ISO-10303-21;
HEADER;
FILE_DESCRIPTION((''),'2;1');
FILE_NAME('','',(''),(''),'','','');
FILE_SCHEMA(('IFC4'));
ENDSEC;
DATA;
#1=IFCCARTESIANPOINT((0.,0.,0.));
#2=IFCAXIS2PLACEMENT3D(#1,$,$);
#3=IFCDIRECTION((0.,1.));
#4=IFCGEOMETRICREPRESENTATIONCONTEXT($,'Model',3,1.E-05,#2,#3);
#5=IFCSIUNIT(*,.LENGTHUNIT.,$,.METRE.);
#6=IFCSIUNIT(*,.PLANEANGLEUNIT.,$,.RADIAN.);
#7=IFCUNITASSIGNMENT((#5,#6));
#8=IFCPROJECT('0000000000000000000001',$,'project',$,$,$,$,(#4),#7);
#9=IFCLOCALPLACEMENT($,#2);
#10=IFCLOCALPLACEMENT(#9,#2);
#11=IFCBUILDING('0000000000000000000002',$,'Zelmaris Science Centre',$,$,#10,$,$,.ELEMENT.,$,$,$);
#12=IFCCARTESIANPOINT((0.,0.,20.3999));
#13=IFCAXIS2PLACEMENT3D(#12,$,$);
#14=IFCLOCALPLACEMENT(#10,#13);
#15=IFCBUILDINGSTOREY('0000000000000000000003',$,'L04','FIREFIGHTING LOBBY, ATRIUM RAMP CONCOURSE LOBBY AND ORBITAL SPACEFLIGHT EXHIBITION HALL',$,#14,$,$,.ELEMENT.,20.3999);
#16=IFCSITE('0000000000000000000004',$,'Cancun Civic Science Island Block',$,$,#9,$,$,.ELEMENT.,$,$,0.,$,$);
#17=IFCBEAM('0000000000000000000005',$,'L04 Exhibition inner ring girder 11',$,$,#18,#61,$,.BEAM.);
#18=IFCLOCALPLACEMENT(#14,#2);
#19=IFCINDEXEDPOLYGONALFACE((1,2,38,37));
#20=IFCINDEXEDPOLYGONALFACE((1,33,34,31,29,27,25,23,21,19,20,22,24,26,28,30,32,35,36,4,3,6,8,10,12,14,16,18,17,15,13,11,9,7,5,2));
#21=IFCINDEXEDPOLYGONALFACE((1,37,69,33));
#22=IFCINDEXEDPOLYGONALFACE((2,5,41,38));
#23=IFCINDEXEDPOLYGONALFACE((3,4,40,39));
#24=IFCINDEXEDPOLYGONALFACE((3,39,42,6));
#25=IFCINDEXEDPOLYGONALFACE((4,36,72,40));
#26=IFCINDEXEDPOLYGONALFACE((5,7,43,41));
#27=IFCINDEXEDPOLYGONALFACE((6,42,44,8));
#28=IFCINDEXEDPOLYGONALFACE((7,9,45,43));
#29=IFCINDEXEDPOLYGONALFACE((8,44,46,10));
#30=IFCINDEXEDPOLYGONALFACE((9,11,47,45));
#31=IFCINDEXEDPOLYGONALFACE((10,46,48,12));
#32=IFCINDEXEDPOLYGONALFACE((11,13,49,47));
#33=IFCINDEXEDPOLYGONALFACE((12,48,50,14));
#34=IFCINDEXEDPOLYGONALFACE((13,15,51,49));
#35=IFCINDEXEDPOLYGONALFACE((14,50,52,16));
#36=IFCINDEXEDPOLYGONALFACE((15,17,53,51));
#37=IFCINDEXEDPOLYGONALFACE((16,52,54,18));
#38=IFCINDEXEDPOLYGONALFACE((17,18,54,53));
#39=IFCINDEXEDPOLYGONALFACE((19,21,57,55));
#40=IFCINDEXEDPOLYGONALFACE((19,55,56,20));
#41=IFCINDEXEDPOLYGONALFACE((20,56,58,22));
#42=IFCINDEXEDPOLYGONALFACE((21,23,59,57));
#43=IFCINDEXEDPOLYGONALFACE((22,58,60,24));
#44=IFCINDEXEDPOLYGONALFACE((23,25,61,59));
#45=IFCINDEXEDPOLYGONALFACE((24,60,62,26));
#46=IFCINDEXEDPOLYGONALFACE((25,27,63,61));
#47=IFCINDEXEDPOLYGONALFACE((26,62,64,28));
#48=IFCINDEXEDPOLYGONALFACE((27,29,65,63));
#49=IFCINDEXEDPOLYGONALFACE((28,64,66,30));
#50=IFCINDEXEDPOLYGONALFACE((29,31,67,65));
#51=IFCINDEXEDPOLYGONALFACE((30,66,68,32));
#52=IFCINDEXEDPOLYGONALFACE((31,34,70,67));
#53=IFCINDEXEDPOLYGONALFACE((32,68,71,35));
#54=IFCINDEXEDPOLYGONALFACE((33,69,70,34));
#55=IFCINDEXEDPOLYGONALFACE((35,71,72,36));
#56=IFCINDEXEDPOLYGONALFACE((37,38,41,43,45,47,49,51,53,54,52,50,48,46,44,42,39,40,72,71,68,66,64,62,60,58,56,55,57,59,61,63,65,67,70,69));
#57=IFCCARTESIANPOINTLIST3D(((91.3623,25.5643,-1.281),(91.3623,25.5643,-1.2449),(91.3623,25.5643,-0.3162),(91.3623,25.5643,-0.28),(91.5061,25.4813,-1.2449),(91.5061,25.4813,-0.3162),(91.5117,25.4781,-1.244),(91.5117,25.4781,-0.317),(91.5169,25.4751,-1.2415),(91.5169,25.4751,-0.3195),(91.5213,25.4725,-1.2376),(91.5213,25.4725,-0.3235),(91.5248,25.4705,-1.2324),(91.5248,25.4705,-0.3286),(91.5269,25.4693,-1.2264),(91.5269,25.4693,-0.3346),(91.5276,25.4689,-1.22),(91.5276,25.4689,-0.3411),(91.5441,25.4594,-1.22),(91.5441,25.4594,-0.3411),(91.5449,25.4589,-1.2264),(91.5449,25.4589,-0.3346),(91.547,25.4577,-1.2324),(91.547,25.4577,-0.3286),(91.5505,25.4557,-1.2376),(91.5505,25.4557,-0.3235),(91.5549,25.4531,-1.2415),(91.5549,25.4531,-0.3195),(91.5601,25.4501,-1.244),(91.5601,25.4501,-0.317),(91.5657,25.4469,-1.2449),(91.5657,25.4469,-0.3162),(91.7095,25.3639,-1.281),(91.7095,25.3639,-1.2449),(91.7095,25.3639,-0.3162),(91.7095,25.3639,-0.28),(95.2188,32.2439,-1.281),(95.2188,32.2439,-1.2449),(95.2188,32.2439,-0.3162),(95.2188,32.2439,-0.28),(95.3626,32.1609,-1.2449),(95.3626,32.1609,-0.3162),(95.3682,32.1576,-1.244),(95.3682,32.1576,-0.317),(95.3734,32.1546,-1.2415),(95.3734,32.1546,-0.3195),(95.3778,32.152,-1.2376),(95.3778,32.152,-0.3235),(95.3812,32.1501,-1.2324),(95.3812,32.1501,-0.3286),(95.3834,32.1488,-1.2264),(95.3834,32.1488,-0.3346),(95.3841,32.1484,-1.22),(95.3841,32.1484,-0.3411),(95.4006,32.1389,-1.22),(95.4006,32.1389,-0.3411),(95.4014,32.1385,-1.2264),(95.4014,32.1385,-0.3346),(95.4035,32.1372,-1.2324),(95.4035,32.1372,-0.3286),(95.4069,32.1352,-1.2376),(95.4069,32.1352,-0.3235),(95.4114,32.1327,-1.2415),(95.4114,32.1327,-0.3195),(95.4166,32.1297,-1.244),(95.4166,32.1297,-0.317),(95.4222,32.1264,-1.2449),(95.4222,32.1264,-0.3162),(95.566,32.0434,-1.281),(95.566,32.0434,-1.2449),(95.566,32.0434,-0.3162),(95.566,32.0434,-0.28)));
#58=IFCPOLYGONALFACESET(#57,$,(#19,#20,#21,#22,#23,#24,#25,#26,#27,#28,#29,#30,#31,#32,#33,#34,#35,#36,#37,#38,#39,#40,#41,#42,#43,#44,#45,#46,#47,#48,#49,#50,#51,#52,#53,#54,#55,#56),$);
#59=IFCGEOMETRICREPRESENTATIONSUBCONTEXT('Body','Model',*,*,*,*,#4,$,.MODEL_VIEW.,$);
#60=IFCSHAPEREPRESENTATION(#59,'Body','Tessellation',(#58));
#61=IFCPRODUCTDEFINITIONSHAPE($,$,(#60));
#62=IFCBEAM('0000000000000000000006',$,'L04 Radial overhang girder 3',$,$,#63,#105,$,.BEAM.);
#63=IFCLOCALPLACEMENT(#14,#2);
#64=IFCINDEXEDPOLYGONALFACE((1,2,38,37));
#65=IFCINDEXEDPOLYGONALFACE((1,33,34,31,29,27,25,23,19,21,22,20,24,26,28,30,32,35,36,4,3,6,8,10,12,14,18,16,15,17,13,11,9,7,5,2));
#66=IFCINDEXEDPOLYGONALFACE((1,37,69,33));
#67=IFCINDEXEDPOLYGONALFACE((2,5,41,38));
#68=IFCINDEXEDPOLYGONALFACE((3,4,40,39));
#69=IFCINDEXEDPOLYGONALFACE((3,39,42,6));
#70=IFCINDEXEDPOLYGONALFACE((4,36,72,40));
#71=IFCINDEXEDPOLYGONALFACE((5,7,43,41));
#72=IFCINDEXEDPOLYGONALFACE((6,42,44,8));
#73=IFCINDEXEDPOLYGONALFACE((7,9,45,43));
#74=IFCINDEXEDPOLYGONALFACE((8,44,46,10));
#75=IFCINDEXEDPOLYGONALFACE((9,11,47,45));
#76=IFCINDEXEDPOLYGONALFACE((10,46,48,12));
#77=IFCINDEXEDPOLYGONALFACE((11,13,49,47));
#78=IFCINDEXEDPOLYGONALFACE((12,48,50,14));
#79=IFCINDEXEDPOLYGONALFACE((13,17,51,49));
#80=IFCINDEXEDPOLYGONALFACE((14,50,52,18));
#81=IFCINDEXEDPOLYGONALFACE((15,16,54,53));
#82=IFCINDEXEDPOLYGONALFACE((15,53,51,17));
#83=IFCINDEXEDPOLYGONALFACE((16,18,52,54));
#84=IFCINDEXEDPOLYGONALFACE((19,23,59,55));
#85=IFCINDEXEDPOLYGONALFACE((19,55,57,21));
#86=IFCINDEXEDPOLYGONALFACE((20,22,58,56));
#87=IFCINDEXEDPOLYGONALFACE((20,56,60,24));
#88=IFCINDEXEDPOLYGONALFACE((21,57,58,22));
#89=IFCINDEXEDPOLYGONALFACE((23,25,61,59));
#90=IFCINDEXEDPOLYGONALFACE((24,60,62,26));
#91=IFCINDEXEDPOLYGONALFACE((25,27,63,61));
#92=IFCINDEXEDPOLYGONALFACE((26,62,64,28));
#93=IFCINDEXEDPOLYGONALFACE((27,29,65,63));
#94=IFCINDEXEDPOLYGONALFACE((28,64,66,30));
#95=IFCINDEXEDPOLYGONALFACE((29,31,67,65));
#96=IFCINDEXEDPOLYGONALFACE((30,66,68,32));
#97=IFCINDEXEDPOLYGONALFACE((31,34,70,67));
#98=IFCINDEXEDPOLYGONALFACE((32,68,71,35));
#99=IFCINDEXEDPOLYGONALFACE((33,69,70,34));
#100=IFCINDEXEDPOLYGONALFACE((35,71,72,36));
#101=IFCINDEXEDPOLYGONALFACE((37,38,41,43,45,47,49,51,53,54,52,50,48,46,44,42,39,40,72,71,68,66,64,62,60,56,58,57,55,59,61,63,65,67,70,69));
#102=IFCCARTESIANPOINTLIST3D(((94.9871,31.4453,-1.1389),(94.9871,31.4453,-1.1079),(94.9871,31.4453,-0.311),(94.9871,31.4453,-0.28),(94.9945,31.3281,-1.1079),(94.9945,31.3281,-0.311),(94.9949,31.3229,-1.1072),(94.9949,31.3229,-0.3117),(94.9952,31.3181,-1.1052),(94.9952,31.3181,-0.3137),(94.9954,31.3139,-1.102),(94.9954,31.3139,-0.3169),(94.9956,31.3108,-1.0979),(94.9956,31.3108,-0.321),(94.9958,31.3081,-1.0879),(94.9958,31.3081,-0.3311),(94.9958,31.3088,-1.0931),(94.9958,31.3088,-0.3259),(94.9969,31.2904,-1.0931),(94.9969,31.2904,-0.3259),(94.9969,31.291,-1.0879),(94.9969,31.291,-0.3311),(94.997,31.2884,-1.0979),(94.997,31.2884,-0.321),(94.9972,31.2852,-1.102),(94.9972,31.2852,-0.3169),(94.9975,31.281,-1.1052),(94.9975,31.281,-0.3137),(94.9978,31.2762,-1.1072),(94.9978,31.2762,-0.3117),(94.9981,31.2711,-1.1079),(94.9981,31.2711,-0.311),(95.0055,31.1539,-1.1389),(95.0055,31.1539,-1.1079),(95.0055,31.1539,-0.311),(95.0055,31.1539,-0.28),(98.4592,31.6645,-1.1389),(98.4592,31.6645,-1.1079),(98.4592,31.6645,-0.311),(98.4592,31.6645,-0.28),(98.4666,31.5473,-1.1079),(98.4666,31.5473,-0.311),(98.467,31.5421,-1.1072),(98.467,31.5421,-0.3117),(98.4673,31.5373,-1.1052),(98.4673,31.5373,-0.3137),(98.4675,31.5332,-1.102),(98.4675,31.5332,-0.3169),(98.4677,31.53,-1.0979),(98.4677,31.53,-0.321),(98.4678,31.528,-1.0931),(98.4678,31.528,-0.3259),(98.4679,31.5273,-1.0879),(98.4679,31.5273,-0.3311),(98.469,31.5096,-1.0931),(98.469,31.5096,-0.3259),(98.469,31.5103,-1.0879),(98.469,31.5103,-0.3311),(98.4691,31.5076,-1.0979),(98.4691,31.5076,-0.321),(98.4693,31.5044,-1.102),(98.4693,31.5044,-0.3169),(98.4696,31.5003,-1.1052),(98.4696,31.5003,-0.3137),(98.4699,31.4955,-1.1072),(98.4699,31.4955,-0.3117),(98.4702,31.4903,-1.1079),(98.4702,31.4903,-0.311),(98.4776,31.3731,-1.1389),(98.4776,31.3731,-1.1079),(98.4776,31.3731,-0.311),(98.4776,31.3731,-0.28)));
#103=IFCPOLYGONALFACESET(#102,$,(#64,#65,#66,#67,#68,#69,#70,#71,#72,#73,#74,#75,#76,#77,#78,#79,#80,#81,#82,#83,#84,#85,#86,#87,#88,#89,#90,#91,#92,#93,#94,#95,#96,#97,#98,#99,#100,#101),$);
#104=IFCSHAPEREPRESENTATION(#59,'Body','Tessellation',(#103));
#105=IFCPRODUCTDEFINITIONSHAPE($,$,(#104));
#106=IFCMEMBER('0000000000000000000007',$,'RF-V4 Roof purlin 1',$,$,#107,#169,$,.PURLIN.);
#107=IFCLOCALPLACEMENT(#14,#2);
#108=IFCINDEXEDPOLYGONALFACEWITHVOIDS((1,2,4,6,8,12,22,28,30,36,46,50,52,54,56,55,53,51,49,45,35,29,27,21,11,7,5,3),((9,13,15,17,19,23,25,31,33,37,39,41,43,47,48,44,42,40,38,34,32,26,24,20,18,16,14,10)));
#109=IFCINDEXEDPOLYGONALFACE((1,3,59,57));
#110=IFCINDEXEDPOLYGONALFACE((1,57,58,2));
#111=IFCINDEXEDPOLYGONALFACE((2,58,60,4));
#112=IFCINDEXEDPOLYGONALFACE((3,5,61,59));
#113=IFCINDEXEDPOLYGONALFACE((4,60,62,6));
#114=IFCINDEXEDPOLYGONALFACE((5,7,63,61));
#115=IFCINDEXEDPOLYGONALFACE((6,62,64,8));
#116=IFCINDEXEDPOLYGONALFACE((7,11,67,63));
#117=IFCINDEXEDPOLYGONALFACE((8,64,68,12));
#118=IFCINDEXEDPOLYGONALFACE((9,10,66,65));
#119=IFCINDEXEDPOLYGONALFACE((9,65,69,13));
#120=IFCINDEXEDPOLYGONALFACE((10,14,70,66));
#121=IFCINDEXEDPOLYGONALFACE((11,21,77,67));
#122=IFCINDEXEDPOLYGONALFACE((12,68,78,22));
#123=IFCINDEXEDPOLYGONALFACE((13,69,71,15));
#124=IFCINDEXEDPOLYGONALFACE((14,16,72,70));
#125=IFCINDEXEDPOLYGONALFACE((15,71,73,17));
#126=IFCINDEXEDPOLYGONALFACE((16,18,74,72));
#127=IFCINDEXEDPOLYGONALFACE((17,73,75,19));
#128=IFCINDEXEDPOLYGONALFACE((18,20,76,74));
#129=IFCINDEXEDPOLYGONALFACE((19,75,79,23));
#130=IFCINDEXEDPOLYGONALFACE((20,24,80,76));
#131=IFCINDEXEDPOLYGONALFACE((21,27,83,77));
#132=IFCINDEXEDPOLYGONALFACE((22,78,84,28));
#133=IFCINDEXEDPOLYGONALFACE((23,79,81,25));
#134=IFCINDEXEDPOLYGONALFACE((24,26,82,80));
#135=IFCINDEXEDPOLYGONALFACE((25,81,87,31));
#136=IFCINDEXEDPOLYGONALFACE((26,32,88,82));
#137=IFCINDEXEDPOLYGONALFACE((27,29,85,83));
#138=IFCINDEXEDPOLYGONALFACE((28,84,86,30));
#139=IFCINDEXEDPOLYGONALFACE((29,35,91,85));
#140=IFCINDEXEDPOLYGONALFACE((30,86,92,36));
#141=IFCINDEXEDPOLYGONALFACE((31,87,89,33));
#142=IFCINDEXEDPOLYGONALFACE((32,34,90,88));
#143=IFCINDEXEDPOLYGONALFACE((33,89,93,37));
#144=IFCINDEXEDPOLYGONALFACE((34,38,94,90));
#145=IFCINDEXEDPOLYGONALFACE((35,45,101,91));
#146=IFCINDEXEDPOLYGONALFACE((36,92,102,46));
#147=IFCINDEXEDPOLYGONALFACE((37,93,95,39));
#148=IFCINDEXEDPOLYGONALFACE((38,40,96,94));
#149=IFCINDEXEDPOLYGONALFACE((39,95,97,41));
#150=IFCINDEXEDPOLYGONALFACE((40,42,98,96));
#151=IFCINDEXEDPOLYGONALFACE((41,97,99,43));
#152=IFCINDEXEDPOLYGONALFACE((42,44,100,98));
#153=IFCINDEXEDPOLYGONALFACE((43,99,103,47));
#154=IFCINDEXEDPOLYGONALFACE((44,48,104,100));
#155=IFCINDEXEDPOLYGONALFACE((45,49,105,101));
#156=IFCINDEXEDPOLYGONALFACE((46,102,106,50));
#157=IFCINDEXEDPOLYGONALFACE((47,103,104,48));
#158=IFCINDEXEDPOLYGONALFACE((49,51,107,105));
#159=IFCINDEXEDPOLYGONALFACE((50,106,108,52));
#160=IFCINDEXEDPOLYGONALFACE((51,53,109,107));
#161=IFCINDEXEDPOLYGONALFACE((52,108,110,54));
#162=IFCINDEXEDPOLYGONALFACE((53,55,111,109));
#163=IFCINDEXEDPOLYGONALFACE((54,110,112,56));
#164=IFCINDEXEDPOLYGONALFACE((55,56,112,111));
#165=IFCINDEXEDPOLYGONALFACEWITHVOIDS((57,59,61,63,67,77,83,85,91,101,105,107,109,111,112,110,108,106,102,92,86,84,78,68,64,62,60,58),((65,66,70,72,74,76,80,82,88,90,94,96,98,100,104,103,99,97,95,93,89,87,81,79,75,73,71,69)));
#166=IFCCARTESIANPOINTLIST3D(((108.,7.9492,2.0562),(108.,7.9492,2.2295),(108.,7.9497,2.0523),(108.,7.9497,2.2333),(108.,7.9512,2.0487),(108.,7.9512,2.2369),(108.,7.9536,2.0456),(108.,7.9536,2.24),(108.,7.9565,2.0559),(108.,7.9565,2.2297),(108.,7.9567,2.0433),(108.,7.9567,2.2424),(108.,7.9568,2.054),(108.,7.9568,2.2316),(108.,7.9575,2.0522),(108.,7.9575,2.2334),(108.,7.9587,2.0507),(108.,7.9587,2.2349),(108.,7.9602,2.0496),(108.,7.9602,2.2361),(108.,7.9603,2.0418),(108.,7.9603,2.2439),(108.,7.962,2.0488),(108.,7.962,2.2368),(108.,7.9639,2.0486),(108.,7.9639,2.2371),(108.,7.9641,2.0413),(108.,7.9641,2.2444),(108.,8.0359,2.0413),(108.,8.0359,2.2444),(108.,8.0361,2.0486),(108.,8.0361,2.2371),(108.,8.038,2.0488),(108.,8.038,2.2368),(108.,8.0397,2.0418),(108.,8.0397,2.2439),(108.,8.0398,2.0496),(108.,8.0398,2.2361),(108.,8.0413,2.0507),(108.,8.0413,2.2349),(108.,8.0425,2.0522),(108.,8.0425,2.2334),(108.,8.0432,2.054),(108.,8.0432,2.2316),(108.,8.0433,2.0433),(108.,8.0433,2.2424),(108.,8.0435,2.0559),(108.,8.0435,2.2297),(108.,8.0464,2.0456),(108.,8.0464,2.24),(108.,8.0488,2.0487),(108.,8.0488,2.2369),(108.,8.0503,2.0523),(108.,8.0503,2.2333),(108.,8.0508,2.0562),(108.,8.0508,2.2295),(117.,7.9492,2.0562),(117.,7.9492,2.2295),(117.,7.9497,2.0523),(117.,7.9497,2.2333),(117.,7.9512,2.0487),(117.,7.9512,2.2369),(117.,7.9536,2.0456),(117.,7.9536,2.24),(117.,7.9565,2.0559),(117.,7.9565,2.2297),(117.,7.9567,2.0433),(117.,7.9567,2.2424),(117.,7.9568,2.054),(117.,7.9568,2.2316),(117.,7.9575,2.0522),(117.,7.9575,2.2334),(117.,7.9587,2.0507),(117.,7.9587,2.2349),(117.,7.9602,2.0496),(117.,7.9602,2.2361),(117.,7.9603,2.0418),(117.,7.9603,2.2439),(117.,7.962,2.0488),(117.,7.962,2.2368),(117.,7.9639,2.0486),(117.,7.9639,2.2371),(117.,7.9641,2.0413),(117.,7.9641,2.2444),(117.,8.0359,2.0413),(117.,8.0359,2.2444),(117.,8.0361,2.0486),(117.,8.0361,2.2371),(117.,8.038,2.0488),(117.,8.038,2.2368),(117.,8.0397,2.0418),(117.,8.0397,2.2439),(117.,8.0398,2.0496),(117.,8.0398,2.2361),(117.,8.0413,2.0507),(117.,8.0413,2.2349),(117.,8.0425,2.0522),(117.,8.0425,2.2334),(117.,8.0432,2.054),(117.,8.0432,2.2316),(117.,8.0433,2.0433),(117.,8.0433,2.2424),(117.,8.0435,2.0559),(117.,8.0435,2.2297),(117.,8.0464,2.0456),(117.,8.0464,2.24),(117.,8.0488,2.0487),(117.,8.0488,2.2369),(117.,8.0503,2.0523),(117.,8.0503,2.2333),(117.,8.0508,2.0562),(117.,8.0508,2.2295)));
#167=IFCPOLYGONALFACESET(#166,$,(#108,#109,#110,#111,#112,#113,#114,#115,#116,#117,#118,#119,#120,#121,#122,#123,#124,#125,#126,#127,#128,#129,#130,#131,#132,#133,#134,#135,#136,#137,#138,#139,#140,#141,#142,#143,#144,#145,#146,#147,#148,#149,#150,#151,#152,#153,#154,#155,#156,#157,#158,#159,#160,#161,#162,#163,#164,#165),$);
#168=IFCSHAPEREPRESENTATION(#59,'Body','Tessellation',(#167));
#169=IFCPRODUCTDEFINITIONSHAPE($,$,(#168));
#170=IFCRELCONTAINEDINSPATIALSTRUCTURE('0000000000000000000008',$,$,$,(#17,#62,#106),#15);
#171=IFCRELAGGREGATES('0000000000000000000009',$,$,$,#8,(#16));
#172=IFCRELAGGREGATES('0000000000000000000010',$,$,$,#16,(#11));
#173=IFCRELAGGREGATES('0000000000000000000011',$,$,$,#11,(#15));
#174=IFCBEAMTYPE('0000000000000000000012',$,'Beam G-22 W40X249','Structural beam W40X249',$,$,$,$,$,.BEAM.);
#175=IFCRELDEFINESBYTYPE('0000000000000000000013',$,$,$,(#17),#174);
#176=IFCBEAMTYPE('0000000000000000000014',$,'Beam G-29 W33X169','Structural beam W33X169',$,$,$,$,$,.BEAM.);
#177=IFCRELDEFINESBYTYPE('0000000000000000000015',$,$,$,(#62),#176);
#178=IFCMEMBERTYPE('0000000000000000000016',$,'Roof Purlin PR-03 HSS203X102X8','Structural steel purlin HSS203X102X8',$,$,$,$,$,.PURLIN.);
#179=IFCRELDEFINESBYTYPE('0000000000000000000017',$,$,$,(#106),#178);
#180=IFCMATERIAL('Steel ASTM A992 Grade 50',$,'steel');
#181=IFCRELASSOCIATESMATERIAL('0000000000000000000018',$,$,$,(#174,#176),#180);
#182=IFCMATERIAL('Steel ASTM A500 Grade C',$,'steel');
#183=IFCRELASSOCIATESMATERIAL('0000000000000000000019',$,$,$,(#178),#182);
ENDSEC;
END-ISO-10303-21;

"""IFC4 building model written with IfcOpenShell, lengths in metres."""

from ifc_helpers import new_model, si_unit, direction, frame, origin, origin_2d, place, context, subcontext, project, spatial, hollow_rectangle, i_section, extrude, material, material_profile, profile_set, type_object, element, save


model = new_model("IFC4")

# Units and contexts
model_context = context("Model", 3, precision=1e-05, world=origin(), true_north=direction((0.0, 1.0)))
body_context = subcontext(model_context, "Body", "Model", "MODEL_VIEW")
ifc_project = project(units=[si_unit("LENGTHUNIT", "METRE"), si_unit("PLANEANGLEUNIT", "RADIAN")], contexts=[model_context])

# Site, building, storey
site_placement = place(None, origin())
site = spatial("IfcSite", under=ifc_project, at=site_placement, Name="Cancun Civic Science Island Block", CompositionType="ELEMENT", RefElevation=0.0)
building_placement = place(site_placement, origin())
building = spatial("IfcBuilding", under=site, at=building_placement, Name="Zelmaris Science Centre", CompositionType="ELEMENT")
storey_placement = place(building_placement, frame((0.0, 0.0, 20.3999)))
storey = spatial("IfcBuildingStorey", under=building, at=storey_placement, Name="L04", Description="FIREFIGHTING LOBBY, ATRIUM RAMP CONCOURSE LOBBY AND ORBITAL SPACEFLIGHT EXHIBITION HALL", CompositionType="ELEMENT", Elevation=20.3999)

# Shared definitions
ifc_material_1 = material(Name="Steel ASTM A992 Grade 50", Category="steel")

# Beams
ifc_material_2 = material(Name="Steel ASTM A500 Grade C", Category="steel")
ifc_material_profile_1 = material_profile(ifc_material_1, i_section(OverallWidth=0.4009, OverallDepth=1.001, WebThickness=0.019, FlangeThickness=0.0361, FilletRadius=0.0249, at=origin_2d()), Name="W40X249")
ifc_profile_set_1 = profile_set([ifc_material_profile_1], Name="Steel ASTM A992 Grade 50")
beam_type_1 = type_object("IfcBeamType", Name="Beam G-22 W40X249", Description="Structural beam W40X249", PredefinedType="BEAM", material=ifc_profile_set_1)
beam_1_placement = place(storey_placement, frame((91.5359, 25.4641, -0.7805), z_axis=(0.500007, 0.866022, 0.0), x_axis=(-0.866022, 0.500007, 0.0)))
element("IfcBeam", 1, at=beam_1_placement, inside=storey, type_object=beam_type_1, Name="L04 Exhibition inner ring girder 11", PredefinedType="BEAM", context=body_context, shape_type="SweptSolid", body=[
    extrude(i_section(OverallWidth=0.4009, OverallDepth=1.001, WebThickness=0.019, FlangeThickness=0.0361, FilletRadius=0.0249, at=origin_2d()), origin(), (0.0, 0.0, 1.0), 7.7129),
])
ifc_material_profile_2 = material_profile(ifc_material_1, i_section(OverallWidth=0.292, OverallDepth=0.8589, WebThickness=0.0171, FlangeThickness=0.031, FilletRadius=0.02, at=origin_2d()), Name="W33X169")
ifc_profile_set_2 = profile_set([ifc_material_profile_2], Name="Steel ASTM A992 Grade 50")
beam_type_2 = type_object("IfcBeamType", Name="Beam G-29 W33X169", Description="Structural beam W33X169", PredefinedType="BEAM", material=ifc_profile_set_2)
beam_2_placement = place(storey_placement, frame((94.9963, 31.2996, -0.7095), z_axis=(0.998013, 0.063016, 0.0), x_axis=(-0.063016, 0.998013, 0.0)))
element("IfcBeam", 2, at=beam_2_placement, inside=storey, type_object=beam_type_2, Name="L04 Radial overhang girder 3", PredefinedType="BEAM", context=body_context, shape_type="SweptSolid", body=[
    extrude(i_section(OverallWidth=0.292, OverallDepth=0.8589, WebThickness=0.0171, FlangeThickness=0.031, FilletRadius=0.02, at=origin_2d()), origin(), (0.0, 0.0, 1.0), 3.479),
])

# Member
ifc_material_profile_3 = material_profile(ifc_material_2, hollow_rectangle(XDim=0.1016, YDim=0.2031, WallThickness=0.0073, InnerFilletRadius=0.0073, OuterFilletRadius=0.0149, at=origin_2d()), Name="HSS203X102X8")
ifc_profile_set_3 = profile_set([ifc_material_profile_3], Name="Steel ASTM A500 Grade C")
member_type_1 = type_object("IfcMemberType", Name="Roof Purlin PR-03 HSS203X102X8", Description="Structural steel purlin HSS203X102X8", PredefinedType="PURLIN", material=ifc_profile_set_3)
member_1_placement = place(storey_placement, frame((108.0, 8.0, 2.1428), z_axis=(1.0, 0.0, 0.0), x_axis=(0.0, 1.0, 0.0)))
element("IfcMember", 3, at=member_1_placement, inside=storey, type_object=member_type_1, Name="RF-V4 Roof purlin 1", PredefinedType="PURLIN", context=body_context, shape_type="SweptSolid", body=[
    extrude(hollow_rectangle(XDim=0.1016, YDim=0.2031, WallThickness=0.0073, InnerFilletRadius=0.0073, OuterFilletRadius=0.0149, at=origin_2d()), origin(), (0.0, 0.0, 1.0), 9.0),
])

save(model, "model.ifc")
